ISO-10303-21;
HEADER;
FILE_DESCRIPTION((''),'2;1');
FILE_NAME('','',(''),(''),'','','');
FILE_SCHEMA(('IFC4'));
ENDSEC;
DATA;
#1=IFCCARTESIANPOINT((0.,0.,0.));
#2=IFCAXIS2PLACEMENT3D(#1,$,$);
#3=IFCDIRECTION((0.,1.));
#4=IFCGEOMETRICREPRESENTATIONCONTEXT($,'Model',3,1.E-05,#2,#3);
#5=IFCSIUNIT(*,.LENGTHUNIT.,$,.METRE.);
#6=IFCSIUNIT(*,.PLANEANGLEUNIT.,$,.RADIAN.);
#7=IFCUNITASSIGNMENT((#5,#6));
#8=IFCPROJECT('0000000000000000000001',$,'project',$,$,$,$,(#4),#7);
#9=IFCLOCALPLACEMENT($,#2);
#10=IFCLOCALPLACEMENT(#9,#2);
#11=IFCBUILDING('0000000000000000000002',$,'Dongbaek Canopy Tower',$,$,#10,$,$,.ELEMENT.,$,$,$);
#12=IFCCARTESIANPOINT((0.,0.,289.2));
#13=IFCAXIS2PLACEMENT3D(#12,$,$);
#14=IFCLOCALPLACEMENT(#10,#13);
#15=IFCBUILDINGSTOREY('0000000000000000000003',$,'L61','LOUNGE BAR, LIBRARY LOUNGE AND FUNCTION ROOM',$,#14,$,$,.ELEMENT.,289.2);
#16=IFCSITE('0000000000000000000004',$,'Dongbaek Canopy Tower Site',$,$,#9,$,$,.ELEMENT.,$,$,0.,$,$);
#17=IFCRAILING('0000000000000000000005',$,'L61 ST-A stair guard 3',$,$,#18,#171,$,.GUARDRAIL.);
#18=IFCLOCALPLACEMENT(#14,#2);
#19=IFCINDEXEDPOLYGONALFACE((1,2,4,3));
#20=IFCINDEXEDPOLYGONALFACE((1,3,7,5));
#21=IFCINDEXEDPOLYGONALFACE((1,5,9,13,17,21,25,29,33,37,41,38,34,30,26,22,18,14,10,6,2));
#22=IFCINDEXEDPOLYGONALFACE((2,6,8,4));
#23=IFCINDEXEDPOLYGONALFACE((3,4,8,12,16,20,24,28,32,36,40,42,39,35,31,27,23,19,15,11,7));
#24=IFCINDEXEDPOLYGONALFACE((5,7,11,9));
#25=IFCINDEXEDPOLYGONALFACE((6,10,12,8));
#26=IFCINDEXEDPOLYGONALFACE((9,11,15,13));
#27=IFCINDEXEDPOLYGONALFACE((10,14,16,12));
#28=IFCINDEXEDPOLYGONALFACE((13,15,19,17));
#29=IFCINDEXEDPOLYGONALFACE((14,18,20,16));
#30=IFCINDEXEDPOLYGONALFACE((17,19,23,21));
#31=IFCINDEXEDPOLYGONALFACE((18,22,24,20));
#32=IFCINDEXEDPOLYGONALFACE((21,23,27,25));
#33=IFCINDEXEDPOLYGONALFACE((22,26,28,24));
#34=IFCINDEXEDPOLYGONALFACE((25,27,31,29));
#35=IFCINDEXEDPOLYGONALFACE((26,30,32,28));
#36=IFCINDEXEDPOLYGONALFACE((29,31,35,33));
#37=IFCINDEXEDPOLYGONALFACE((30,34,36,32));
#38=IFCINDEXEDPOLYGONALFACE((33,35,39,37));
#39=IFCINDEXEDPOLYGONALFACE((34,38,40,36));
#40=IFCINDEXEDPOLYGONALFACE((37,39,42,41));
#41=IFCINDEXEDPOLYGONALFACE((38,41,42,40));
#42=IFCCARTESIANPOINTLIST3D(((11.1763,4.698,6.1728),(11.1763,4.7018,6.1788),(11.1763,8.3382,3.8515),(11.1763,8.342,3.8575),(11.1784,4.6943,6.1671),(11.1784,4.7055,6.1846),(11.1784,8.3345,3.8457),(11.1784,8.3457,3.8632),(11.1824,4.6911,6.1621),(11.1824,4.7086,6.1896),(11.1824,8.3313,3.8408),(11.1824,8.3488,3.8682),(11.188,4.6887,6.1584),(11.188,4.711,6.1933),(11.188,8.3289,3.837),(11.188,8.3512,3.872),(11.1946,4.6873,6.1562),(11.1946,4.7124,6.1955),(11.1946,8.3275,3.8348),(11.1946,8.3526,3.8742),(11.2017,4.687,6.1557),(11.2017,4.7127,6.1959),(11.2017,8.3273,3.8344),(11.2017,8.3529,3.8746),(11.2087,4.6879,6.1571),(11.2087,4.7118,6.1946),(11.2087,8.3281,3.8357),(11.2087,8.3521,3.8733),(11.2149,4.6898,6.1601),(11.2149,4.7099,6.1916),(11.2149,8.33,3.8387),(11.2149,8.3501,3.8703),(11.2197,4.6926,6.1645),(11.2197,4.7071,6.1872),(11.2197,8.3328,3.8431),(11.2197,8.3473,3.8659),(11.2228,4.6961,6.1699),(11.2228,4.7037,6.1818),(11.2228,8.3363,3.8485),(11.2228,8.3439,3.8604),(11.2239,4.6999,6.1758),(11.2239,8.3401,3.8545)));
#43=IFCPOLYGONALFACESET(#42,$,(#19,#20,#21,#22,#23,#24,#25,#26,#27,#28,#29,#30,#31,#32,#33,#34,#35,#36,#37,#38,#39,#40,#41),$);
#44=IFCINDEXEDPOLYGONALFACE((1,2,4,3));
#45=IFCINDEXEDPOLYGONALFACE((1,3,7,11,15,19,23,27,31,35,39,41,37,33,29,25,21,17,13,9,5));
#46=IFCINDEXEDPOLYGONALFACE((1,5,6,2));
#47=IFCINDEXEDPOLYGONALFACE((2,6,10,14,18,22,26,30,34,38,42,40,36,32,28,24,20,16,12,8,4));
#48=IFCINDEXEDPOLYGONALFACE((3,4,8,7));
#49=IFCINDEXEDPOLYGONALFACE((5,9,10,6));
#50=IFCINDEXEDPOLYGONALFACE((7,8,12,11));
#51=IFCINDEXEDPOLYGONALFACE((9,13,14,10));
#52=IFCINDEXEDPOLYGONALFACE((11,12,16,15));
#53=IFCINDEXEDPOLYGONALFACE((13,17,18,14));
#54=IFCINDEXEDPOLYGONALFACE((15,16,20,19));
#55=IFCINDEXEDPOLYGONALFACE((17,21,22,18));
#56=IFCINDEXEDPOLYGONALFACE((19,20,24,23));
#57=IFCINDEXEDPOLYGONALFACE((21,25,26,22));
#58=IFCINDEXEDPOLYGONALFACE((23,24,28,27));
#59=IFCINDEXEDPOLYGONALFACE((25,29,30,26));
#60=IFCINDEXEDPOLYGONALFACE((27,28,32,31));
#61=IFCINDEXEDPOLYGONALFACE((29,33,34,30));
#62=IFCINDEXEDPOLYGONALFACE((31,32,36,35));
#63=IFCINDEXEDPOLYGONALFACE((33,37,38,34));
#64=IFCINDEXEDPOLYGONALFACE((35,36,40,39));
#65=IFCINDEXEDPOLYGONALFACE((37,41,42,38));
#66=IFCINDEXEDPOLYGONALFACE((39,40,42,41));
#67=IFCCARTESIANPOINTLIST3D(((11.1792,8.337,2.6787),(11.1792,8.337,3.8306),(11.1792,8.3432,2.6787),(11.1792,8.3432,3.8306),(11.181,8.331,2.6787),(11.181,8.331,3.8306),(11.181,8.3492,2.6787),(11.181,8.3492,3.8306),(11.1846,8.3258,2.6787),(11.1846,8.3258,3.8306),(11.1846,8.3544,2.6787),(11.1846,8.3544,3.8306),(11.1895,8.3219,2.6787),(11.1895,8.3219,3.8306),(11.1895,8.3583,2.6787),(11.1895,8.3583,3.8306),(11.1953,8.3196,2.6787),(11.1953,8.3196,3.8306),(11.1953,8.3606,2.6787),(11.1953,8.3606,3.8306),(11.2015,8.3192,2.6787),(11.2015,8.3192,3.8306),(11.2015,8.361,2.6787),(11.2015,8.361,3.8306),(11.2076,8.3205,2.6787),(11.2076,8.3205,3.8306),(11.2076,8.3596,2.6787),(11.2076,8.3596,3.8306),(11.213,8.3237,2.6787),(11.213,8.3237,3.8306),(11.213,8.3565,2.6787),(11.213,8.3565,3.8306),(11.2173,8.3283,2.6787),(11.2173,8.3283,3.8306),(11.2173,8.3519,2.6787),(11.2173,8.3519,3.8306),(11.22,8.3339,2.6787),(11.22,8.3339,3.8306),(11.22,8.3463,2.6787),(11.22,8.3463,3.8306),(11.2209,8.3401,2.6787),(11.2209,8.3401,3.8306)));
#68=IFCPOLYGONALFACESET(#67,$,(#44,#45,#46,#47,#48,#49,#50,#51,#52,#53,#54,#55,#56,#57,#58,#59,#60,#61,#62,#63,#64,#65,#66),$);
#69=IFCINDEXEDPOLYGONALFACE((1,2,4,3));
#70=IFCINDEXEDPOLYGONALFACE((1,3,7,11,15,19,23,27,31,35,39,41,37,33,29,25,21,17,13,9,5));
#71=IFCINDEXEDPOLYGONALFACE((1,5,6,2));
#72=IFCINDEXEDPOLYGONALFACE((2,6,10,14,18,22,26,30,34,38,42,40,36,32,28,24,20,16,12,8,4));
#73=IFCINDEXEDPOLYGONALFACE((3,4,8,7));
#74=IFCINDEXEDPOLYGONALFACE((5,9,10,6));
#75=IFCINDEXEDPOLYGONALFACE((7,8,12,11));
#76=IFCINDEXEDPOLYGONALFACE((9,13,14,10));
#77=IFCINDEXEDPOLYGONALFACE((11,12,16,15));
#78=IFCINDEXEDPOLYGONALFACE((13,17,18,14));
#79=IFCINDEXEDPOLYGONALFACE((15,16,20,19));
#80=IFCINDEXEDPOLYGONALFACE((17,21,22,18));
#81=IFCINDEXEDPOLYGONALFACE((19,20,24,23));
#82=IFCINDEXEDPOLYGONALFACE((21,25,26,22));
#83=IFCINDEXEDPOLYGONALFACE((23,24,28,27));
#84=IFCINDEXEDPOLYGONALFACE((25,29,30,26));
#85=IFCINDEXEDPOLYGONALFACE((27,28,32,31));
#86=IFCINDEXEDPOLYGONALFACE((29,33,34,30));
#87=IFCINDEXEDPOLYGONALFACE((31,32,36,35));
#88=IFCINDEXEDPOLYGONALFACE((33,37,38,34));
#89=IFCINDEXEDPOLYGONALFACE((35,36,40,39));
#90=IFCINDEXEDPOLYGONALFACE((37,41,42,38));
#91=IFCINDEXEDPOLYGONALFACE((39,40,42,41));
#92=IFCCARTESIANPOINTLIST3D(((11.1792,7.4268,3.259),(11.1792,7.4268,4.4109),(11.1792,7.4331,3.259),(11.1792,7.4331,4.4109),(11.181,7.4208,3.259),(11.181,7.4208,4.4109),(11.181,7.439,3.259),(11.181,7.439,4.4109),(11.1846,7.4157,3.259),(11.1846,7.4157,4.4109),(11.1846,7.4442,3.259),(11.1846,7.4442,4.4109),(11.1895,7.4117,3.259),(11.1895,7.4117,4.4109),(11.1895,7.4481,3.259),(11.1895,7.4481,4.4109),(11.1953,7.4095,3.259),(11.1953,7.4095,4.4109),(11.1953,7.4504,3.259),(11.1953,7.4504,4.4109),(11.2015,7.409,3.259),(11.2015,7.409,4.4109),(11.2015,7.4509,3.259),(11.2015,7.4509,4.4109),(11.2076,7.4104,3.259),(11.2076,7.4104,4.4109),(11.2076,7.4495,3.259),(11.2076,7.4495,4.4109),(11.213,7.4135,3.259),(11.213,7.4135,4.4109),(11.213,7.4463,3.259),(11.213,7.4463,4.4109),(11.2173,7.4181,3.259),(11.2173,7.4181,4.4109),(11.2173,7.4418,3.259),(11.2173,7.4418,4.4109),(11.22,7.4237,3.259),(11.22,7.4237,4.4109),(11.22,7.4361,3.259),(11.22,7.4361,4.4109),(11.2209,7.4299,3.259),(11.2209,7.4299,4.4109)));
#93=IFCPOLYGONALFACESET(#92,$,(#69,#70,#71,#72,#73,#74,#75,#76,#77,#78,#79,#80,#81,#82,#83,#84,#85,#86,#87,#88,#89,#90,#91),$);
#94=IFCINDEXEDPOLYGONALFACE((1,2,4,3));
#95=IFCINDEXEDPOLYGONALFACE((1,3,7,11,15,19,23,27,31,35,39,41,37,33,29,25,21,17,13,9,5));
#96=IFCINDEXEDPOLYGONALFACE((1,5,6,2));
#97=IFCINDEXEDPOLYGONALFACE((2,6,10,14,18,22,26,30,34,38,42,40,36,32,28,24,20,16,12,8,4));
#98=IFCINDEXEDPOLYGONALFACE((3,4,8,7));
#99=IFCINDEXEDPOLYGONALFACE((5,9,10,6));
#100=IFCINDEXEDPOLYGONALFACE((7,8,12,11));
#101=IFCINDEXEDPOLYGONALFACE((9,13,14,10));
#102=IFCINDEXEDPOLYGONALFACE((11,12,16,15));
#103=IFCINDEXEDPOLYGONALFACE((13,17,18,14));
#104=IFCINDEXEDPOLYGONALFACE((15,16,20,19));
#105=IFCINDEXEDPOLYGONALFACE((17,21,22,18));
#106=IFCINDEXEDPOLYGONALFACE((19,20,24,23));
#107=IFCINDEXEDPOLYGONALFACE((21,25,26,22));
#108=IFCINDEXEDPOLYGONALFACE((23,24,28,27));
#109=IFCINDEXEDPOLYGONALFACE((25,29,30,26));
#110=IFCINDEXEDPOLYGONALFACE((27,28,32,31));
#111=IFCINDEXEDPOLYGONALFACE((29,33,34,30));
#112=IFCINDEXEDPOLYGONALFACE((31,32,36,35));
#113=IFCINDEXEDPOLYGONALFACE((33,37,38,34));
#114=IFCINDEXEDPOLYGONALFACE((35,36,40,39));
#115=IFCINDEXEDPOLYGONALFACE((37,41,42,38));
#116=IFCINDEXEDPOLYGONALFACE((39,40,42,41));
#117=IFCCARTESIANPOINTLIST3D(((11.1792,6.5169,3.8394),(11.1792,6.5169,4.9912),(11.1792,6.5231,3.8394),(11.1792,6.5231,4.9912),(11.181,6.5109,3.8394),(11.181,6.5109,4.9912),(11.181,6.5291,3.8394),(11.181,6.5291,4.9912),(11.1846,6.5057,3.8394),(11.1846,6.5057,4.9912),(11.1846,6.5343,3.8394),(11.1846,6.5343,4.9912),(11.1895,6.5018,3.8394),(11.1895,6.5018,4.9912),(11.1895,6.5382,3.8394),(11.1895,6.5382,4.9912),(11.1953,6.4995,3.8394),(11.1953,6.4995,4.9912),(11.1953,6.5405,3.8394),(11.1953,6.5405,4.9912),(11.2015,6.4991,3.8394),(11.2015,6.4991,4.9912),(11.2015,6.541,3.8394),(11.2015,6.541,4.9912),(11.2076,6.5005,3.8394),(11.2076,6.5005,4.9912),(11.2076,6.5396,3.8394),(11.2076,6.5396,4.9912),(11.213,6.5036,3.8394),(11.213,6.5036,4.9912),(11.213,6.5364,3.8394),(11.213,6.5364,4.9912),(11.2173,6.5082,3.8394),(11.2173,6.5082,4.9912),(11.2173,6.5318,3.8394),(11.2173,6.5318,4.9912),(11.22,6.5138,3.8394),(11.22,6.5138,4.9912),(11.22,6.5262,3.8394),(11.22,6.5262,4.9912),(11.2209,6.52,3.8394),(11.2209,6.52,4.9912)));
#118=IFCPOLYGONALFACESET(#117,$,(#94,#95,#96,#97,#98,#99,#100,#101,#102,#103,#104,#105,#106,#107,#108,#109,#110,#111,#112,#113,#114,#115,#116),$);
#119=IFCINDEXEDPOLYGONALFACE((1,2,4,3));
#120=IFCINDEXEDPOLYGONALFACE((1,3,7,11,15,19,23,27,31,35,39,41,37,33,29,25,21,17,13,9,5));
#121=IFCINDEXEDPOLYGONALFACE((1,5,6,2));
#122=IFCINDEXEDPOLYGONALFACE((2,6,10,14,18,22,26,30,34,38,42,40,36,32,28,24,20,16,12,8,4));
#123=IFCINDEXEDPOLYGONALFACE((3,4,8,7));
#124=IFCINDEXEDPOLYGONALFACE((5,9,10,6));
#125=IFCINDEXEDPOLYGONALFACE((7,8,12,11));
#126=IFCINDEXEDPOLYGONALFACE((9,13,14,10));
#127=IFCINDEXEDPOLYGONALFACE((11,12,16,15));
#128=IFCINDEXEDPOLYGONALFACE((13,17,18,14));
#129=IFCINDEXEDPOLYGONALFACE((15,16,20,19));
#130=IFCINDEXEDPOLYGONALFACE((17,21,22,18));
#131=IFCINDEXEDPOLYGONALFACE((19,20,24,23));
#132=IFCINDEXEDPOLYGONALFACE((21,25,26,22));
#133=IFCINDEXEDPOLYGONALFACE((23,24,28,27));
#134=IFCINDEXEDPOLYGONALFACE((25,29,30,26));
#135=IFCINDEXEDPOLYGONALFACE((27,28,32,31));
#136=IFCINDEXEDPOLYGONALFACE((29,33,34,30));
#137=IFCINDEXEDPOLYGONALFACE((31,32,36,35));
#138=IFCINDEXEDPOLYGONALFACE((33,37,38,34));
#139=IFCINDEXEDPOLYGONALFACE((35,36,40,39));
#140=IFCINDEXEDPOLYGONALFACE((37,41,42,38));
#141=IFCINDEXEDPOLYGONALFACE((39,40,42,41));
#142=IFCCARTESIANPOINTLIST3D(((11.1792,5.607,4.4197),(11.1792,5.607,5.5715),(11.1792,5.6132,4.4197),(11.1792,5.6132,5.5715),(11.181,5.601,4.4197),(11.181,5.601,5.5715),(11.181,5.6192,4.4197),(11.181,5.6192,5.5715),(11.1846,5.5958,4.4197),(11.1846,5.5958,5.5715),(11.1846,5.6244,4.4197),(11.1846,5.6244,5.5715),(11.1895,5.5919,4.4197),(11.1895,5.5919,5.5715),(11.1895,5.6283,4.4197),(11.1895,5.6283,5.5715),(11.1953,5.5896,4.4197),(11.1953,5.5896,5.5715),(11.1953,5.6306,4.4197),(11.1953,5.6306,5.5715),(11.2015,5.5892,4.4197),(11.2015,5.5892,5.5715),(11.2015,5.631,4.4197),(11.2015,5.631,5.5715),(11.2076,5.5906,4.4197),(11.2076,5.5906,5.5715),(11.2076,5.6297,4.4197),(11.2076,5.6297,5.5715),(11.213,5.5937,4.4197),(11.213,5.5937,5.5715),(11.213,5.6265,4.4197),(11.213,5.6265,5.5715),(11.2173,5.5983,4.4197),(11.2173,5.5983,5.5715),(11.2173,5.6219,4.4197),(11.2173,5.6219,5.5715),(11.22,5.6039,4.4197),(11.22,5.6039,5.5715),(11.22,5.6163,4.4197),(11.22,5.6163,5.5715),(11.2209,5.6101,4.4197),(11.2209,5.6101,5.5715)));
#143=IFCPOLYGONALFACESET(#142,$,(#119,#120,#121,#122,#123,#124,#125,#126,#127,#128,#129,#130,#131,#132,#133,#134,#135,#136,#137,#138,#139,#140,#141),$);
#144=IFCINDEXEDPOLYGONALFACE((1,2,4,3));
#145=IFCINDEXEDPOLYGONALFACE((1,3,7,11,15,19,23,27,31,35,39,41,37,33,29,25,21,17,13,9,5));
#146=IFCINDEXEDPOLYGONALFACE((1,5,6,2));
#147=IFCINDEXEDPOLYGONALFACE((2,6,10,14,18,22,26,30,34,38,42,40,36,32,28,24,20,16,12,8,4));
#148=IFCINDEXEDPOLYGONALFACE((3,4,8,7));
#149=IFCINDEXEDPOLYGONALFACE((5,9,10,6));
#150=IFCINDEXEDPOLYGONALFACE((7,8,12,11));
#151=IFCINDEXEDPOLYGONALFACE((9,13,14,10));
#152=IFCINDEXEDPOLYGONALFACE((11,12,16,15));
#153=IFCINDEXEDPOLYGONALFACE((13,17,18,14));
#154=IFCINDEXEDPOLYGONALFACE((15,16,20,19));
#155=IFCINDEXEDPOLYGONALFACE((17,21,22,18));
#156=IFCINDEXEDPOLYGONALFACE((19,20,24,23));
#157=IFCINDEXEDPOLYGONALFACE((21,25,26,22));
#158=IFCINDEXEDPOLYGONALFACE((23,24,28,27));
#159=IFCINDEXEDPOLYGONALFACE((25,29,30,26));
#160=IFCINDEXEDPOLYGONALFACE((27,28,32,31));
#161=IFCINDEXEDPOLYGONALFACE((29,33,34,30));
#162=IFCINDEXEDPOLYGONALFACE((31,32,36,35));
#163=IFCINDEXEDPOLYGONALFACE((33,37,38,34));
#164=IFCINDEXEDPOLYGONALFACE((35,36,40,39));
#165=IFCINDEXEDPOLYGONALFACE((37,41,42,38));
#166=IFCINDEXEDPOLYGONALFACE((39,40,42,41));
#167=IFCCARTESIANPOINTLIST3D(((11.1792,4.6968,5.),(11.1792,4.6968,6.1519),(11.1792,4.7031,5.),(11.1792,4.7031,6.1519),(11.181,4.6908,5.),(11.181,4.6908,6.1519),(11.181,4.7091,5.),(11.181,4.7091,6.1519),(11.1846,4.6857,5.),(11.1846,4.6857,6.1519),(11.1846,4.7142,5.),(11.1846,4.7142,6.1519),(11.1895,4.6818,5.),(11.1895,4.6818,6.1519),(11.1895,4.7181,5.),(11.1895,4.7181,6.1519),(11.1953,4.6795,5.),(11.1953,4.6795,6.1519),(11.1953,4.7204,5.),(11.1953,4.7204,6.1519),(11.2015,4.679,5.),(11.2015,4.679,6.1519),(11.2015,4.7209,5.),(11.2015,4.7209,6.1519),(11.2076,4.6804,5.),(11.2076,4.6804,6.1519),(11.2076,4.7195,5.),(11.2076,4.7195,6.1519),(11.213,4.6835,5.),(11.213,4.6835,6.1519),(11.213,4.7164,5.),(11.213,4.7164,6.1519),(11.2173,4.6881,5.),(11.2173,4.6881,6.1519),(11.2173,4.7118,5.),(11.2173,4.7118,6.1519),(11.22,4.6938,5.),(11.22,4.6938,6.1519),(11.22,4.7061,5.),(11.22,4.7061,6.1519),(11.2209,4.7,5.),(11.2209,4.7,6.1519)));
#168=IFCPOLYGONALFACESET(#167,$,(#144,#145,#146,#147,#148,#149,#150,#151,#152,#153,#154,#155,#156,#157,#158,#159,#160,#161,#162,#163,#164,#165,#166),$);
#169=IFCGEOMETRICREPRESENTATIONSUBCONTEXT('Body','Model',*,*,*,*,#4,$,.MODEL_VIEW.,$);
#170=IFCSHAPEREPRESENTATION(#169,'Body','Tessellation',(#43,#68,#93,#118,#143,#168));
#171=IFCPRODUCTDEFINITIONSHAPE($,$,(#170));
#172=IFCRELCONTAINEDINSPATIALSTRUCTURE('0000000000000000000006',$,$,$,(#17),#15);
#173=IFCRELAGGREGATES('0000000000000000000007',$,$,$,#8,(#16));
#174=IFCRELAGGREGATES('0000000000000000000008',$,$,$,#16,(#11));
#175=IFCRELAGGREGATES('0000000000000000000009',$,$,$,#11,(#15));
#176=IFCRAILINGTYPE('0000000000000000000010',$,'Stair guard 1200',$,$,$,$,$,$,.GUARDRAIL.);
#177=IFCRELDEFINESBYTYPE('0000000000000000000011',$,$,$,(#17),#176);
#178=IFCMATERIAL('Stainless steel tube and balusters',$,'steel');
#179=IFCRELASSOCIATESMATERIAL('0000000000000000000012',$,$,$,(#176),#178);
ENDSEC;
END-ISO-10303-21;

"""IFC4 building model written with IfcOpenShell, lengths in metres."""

from ifc_helpers import new_model, si_unit, direction, frame, origin, origin_2d, place, context, subcontext, project, spatial, circle, extrude, material, type_object, element, save


model = new_model("IFC4")

# Units and contexts
model_context = context("Model", 3, precision=1e-05, world=origin(), true_north=direction((0.0, 1.0)))
body_context = subcontext(model_context, "Body", "Model", "MODEL_VIEW")
ifc_project = project(units=[si_unit("LENGTHUNIT", "METRE"), si_unit("PLANEANGLEUNIT", "RADIAN")], contexts=[model_context])

# Site, building, storey
site_placement = place(None, origin())
site = spatial("IfcSite", under=ifc_project, at=site_placement, Name="Dongbaek Canopy Tower Site", CompositionType="ELEMENT", RefElevation=0.0)
building_placement = place(site_placement, origin())
building = spatial("IfcBuilding", under=site, at=building_placement, Name="Dongbaek Canopy Tower", CompositionType="ELEMENT")
storey_placement = place(building_placement, frame((0.0, 0.0, 289.2)))
storey = spatial("IfcBuildingStorey", under=building, at=storey_placement, Name="L61", Description="LOUNGE BAR, LIBRARY LOUNGE AND FUNCTION ROOM", CompositionType="ELEMENT", Elevation=289.2)

# Railing
ifc_material_1 = material(Name="Stainless steel tube and balusters", Category="steel")
railing_type_1 = type_object("IfcRailingType", Name="Stair guard 1200", PredefinedType="GUARDRAIL", material=ifc_material_1)
railing_1_placement = place(storey_placement, frame((11.2, 8.3401, 2.6787)))
element("IfcRailing", 1, at=railing_1_placement, inside=storey, type_object=railing_type_1, Name="L61 ST-A stair guard 3", PredefinedType="GUARDRAIL", context=body_context, shape_type="SweptSolid", body=[
    extrude(circle(Radius=0.0239, at=origin_2d()), frame((0.0, 0.0, 1.1758), z_axis=(0.0, -0.843153, 0.537673), x_axis=(1.0, 0.0, 0.0)), (0.0, 0.0, 1.0), 4.3174),
    extrude(circle(Radius=0.021, at=origin_2d()), origin(), (0.0, 0.0, 1.0), 1.1519),
    extrude(circle(Radius=0.021, at=origin_2d()), frame((0.0, -0.9102, 0.5803)), (0.0, 0.0, 1.0), 1.1519),
    extrude(circle(Radius=0.021, at=origin_2d()), frame((0.0, -1.8201, 1.1606)), (0.0, 0.0, 1.0), 1.1519),
    extrude(circle(Radius=0.021, at=origin_2d()), frame((0.0, -2.73, 1.741)), (0.0, 0.0, 1.0), 1.1519),
    extrude(circle(Radius=0.021, at=origin_2d()), frame((0.0, -3.6401, 2.3213)), (0.0, 0.0, 1.0), 1.1519),
])

save(model, "model.ifc")
